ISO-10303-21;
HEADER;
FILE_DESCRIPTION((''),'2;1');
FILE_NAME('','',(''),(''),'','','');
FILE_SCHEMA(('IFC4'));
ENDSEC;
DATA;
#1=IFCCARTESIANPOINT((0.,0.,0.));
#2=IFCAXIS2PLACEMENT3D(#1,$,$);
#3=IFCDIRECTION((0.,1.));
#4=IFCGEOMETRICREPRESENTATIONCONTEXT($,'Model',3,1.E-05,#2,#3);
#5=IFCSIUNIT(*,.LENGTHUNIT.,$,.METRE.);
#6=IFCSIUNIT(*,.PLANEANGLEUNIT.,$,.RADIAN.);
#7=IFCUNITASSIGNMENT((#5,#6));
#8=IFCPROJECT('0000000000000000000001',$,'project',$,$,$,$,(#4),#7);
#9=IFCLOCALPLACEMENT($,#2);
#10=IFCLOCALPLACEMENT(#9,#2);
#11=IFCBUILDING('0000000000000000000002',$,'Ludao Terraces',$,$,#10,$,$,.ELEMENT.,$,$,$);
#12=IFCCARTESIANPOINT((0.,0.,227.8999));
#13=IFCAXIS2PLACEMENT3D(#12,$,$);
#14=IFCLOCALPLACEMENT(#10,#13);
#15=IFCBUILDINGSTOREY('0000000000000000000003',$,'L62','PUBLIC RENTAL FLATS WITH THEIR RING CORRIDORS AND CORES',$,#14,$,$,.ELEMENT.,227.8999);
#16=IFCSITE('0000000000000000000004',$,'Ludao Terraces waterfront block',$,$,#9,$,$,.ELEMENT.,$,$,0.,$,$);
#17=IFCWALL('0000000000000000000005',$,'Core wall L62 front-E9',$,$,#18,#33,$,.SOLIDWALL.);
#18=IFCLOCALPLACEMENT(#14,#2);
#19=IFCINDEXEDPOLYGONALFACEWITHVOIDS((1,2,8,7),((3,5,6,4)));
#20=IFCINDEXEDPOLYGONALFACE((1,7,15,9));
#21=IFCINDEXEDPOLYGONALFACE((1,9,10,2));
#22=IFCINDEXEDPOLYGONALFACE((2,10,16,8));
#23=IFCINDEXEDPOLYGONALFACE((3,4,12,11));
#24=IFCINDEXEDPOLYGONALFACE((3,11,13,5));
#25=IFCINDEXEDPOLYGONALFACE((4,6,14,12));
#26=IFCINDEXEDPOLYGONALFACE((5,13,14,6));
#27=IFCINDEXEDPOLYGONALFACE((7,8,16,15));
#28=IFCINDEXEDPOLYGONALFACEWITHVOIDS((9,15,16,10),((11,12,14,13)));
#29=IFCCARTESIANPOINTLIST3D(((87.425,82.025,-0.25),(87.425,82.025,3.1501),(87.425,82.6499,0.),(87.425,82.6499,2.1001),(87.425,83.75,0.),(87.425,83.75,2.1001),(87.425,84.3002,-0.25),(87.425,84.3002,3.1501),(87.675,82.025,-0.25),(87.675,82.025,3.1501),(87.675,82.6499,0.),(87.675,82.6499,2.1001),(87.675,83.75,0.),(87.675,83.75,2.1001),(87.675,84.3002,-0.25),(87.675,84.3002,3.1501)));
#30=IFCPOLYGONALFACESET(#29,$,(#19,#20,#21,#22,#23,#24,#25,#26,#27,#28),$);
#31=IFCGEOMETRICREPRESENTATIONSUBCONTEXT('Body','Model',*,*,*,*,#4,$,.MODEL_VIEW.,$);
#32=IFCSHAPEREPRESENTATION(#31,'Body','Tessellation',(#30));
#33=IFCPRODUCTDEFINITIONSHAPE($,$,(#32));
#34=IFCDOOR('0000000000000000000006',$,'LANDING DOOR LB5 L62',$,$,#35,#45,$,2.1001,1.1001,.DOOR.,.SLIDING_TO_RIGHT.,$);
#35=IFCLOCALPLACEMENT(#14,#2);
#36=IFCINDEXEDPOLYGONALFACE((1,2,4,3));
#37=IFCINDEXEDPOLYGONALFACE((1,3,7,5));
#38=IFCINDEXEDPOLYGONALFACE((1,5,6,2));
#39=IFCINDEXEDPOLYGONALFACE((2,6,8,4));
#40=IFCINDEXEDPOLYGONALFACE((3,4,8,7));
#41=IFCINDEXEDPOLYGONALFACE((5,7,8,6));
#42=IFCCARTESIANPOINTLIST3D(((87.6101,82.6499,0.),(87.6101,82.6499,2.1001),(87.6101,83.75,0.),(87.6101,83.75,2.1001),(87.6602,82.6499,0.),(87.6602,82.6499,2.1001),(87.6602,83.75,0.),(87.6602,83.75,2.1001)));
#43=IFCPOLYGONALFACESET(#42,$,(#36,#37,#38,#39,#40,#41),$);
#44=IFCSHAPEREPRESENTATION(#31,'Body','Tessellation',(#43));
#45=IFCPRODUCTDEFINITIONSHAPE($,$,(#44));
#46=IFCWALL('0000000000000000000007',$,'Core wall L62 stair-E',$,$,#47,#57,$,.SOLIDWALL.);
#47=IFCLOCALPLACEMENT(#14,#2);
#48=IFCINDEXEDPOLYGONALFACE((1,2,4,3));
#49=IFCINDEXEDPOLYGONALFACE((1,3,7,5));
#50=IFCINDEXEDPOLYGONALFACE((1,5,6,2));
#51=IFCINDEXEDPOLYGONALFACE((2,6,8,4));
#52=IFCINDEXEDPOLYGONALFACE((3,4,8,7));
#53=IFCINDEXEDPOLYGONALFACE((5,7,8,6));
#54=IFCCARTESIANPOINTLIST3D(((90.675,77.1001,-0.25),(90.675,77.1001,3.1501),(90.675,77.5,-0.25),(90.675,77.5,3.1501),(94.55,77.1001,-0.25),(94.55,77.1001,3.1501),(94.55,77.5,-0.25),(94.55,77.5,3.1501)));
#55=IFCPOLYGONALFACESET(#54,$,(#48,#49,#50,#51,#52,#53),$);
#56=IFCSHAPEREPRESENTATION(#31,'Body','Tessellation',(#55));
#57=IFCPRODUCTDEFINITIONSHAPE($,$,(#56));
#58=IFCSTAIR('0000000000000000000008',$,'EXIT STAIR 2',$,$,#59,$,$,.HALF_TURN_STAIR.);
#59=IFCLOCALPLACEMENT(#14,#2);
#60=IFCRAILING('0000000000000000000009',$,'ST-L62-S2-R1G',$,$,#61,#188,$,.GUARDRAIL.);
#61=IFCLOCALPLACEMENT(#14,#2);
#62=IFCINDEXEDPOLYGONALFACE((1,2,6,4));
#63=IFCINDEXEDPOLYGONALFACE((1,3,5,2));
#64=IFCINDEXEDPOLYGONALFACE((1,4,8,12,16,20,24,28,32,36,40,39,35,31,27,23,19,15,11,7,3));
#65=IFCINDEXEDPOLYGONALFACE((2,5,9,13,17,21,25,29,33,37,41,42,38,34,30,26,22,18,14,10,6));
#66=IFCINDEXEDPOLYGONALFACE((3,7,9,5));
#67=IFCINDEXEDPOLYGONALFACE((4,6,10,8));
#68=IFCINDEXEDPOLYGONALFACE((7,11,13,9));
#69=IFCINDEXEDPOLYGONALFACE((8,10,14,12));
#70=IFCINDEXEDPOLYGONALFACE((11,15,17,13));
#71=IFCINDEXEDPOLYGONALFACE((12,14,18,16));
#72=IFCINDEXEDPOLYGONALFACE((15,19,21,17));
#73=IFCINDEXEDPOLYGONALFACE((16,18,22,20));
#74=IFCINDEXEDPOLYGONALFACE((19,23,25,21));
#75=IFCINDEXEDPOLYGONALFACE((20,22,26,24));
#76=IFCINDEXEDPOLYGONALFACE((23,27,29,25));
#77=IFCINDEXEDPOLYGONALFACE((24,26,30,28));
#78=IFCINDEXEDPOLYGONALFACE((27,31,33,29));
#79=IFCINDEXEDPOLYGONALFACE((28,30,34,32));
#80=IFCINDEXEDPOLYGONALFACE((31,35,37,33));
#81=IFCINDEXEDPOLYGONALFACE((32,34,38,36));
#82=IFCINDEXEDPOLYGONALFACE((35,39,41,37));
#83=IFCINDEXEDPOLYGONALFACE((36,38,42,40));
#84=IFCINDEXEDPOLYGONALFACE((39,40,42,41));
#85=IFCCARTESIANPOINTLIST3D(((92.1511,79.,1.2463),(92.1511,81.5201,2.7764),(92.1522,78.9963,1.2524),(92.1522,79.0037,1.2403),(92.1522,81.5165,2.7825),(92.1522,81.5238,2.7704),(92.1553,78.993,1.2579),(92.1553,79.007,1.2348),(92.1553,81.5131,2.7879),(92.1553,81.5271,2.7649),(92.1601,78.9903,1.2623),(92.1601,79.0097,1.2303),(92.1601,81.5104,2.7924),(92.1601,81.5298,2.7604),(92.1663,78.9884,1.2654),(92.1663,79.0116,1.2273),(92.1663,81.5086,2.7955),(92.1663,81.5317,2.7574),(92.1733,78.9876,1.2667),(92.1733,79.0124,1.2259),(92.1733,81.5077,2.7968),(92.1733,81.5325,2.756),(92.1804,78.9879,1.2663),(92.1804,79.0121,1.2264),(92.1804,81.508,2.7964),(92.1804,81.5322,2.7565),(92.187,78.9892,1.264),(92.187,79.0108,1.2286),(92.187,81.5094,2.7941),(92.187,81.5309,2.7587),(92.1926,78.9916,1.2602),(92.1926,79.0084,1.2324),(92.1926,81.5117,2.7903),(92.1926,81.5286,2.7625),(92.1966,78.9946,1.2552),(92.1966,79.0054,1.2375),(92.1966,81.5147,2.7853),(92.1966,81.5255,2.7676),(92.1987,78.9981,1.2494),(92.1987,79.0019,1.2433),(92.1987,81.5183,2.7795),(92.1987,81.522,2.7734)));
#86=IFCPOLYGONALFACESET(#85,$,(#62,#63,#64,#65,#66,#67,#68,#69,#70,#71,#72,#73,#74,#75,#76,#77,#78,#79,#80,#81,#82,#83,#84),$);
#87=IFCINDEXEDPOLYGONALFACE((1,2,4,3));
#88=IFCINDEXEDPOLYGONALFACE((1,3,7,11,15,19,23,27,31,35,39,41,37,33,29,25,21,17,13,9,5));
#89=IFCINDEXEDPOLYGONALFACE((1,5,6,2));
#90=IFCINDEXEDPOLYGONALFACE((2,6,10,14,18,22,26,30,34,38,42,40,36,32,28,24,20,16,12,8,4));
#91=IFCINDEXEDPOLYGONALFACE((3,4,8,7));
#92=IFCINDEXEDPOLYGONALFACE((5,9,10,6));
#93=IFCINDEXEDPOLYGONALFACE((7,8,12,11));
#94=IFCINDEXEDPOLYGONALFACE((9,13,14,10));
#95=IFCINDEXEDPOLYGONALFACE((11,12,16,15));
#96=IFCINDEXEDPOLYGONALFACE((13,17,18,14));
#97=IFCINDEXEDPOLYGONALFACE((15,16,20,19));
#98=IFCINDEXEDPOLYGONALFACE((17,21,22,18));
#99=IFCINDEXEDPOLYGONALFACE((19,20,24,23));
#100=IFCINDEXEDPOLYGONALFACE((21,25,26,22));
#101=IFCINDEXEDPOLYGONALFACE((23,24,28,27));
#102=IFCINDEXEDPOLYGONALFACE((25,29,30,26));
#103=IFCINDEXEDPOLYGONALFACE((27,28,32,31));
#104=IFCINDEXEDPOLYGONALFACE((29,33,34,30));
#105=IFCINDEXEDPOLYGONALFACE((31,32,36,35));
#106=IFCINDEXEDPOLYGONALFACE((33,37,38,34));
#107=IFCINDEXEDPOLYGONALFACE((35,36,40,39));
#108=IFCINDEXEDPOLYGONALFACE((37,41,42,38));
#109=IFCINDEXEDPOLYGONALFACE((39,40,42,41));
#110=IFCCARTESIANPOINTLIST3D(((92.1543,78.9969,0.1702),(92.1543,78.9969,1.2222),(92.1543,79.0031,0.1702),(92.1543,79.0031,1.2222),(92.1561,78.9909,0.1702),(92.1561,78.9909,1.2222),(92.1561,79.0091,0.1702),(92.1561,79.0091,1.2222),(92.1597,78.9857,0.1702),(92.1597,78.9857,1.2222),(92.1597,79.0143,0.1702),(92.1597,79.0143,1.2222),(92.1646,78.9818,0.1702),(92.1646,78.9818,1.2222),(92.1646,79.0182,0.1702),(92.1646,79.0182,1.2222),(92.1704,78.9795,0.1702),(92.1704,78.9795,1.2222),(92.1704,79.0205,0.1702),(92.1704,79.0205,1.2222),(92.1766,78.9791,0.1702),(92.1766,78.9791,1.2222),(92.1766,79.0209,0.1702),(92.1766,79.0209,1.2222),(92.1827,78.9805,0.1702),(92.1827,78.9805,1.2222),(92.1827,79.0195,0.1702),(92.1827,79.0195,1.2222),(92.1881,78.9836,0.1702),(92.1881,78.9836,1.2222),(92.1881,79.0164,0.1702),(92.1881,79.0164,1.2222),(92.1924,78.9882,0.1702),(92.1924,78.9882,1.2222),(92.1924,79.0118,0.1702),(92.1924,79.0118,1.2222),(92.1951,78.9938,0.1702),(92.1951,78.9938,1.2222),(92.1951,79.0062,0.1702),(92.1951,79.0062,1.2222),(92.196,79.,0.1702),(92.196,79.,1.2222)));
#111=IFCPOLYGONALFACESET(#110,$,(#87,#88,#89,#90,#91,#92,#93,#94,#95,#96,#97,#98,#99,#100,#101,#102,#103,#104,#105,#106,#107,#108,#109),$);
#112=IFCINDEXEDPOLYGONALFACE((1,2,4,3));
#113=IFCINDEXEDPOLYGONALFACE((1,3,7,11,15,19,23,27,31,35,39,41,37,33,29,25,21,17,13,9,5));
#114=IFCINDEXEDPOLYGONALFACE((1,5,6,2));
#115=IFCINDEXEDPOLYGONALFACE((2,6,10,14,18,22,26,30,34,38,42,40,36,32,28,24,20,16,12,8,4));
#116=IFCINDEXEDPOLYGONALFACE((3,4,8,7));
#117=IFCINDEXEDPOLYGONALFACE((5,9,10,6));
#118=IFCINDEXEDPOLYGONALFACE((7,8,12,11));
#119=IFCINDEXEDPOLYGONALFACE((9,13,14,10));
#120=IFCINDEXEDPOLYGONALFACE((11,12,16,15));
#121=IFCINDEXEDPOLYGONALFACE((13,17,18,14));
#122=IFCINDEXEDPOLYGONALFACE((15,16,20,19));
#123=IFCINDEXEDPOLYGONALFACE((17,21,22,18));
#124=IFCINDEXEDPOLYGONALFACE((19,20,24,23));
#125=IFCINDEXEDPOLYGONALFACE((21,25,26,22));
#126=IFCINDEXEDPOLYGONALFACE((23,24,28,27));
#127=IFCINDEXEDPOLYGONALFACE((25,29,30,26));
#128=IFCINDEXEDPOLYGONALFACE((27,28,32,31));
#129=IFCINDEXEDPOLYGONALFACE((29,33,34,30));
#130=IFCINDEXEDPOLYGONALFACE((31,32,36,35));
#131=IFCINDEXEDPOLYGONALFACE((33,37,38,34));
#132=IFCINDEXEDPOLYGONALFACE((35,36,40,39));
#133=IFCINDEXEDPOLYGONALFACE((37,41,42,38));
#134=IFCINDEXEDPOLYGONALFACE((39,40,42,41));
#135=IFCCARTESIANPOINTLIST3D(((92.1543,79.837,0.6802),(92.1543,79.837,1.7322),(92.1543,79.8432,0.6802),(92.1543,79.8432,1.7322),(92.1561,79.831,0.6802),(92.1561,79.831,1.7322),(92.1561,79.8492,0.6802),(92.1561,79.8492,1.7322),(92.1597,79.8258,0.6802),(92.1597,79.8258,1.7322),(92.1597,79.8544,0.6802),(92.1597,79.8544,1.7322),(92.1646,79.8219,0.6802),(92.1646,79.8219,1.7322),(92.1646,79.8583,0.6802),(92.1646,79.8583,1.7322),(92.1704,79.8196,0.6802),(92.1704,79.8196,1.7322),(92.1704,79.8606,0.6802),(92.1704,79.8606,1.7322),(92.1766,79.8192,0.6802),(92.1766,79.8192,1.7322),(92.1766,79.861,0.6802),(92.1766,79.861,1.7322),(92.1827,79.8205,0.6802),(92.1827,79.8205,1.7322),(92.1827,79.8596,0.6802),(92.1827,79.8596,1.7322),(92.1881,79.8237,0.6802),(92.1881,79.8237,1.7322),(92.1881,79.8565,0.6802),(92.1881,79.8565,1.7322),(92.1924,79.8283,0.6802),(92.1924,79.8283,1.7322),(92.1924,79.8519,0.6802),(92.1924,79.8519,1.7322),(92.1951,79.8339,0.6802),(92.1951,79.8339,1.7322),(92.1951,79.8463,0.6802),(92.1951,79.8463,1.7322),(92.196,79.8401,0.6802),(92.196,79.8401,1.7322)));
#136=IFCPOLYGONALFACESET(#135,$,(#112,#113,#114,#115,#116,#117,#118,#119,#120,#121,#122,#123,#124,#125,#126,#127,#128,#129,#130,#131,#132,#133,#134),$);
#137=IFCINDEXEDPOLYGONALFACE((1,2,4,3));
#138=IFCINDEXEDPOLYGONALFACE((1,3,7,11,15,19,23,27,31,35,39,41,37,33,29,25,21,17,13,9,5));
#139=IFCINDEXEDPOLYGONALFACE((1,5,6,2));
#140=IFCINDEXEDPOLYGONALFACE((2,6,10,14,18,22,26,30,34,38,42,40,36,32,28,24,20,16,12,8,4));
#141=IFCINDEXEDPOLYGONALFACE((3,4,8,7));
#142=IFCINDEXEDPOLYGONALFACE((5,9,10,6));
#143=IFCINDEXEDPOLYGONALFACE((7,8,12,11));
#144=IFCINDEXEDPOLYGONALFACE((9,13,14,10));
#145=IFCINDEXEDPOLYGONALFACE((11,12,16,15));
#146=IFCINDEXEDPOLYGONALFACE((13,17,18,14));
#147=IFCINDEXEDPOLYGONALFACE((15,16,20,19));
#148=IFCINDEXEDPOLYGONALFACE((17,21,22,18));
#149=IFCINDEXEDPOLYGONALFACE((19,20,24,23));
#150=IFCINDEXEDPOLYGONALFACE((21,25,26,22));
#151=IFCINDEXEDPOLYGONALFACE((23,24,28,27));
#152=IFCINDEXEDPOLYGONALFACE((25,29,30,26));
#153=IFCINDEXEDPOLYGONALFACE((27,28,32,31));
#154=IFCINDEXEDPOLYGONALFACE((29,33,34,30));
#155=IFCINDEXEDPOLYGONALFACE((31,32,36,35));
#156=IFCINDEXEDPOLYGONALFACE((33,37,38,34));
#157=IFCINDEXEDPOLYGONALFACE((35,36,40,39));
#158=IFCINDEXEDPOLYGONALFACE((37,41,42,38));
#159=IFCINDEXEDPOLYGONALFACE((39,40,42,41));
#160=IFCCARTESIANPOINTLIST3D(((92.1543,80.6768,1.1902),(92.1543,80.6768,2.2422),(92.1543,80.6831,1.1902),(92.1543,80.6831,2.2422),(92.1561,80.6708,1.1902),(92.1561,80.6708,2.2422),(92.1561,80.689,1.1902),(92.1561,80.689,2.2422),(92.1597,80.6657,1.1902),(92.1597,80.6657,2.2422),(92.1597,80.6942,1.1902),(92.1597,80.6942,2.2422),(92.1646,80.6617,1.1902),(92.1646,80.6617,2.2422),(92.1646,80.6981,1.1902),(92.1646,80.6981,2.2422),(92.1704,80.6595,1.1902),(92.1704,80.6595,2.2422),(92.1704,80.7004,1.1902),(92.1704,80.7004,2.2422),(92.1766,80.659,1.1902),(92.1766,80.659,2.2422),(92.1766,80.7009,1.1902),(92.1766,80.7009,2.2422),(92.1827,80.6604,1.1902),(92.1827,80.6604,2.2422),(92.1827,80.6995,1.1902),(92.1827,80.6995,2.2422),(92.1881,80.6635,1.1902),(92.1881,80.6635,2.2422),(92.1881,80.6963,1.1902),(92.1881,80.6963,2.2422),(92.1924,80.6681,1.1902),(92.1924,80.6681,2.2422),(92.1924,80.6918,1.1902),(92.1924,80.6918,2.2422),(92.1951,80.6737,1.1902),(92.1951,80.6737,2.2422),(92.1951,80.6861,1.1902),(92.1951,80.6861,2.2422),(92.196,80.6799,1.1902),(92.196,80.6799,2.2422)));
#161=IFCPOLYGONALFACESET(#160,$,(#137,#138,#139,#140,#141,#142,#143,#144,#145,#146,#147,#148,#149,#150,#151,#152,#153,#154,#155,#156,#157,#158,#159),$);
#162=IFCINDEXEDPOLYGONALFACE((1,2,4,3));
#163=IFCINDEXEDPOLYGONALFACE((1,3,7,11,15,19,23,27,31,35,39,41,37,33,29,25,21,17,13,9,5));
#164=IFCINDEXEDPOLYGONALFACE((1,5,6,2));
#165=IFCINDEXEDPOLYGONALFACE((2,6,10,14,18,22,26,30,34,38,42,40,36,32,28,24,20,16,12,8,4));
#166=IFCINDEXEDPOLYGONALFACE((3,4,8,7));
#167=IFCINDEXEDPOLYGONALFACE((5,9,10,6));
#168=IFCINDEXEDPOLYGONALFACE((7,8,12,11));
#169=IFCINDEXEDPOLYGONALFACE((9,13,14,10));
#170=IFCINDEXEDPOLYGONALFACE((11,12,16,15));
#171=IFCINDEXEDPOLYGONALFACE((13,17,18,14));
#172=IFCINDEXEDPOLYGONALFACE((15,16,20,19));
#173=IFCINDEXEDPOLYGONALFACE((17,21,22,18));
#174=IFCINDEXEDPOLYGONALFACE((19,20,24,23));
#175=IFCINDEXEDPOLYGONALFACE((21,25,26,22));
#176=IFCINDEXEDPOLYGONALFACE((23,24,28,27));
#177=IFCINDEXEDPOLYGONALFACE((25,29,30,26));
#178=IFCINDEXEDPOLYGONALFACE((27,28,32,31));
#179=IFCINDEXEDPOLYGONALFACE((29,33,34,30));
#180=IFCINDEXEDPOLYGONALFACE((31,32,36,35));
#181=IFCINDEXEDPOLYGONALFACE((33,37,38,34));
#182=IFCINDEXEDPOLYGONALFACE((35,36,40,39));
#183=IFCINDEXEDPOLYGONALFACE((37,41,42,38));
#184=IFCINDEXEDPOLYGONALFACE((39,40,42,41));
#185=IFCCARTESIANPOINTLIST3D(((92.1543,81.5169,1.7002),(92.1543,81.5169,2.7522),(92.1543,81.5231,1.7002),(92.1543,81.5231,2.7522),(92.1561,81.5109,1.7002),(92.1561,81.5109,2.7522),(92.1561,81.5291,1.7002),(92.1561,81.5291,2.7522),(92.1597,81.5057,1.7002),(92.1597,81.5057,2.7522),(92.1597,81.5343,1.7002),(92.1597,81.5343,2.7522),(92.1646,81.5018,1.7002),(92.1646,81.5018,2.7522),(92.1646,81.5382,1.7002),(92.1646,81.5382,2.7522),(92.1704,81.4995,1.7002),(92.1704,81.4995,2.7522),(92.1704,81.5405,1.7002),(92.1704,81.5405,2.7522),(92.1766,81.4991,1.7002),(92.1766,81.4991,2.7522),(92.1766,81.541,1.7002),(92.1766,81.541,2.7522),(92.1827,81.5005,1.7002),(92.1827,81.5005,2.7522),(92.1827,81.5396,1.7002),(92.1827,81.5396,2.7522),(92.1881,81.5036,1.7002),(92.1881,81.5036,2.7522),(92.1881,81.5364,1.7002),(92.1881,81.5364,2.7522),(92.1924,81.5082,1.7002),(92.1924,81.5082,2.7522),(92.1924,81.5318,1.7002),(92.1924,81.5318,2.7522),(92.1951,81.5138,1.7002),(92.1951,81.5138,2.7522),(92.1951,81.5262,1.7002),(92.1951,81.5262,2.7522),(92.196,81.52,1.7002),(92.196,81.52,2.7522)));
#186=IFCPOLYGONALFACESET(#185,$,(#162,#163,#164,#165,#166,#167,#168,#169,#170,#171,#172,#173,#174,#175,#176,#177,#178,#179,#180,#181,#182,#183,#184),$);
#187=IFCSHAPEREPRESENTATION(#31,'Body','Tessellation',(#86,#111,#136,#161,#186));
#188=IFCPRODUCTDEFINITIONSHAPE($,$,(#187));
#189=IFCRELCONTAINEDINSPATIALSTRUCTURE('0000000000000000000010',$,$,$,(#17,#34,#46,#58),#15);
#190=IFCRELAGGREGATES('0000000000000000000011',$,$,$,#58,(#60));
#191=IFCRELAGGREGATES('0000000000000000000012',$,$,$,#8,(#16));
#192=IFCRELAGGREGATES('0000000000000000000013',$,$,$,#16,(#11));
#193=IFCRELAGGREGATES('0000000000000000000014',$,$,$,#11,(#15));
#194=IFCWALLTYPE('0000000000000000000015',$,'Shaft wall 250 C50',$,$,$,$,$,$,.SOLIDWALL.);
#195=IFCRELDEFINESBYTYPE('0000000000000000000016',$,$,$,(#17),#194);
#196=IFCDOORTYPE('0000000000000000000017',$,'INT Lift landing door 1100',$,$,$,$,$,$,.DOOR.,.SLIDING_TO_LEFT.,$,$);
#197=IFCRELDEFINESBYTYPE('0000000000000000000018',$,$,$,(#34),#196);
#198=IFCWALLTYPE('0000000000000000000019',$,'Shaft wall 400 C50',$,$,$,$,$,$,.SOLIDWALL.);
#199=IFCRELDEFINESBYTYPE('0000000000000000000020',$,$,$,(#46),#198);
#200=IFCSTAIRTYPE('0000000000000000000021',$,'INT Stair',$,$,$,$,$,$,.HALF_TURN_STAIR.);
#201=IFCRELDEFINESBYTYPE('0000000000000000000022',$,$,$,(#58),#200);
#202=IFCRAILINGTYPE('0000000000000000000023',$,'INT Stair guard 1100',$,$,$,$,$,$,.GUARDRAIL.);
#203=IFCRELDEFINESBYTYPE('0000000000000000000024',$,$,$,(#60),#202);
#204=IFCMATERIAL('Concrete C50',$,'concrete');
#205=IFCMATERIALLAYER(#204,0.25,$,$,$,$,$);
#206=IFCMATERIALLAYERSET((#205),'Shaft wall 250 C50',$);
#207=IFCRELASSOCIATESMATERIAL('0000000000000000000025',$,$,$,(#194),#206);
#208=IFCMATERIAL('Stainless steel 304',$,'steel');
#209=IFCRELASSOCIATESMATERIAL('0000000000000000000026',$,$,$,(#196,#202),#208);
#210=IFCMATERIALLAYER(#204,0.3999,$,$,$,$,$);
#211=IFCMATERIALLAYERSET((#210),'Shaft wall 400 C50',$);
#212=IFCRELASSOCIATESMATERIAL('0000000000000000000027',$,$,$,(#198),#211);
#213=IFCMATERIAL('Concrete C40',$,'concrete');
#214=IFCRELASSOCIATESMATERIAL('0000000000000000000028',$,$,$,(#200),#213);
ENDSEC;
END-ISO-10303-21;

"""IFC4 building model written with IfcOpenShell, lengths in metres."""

from ifc_helpers import new_model, si_unit, direction, frame, frame_2d, origin, origin_2d, place, context, subcontext, project, spatial, rectangle, circle, extrude, material, layer, layer_set, type_object, element, fill, aggregate, save


model = new_model("IFC4")

# Units and contexts
model_context = context("Model", 3, precision=1e-05, world=origin(), true_north=direction((0.0, 1.0)))
body_context = subcontext(model_context, "Body", "Model", "MODEL_VIEW")
ifc_project = project(units=[si_unit("LENGTHUNIT", "METRE"), si_unit("PLANEANGLEUNIT", "RADIAN")], contexts=[model_context])

# Site, building, storey
site_placement = place(None, origin())
site = spatial("IfcSite", under=ifc_project, at=site_placement, Name="Ludao Terraces waterfront block", CompositionType="ELEMENT", RefElevation=0.0)
building_placement = place(site_placement, origin())
building = spatial("IfcBuilding", under=site, at=building_placement, Name="Ludao Terraces", CompositionType="ELEMENT")
storey_placement = place(building_placement, frame((0.0, 0.0, 227.8999)))
storey = spatial("IfcBuildingStorey", under=building, at=storey_placement, Name="L62", Description="PUBLIC RENTAL FLATS WITH THEIR RING CORRIDORS AND CORES", CompositionType="ELEMENT", Elevation=227.8999)

# Shared definitions
ifc_material_1 = material(Name="Concrete C50", Category="concrete")

# Shared definitions
ifc_layer_1 = layer(ifc_material_1, 0.25)
ifc_layer_set_1 = layer_set([ifc_layer_1], Name="Shaft wall 250 C50")
wall_type_1 = type_object("IfcWallType", Name="Shaft wall 250 C50", PredefinedType="SOLIDWALL", material=ifc_layer_set_1)

# Shared definitions
ifc_material_2 = material(Name="Stainless steel 304", Category="steel")
door_type_1 = type_object("IfcDoorType", Name="INT Lift landing door 1100", OperationType="SLIDING_TO_LEFT", PredefinedType="DOOR", material=ifc_material_2)

# Wall, opening, door
wall_1_placement = place(storey_placement, frame((87.55, 82.0249, -0.25), z_axis=(0.0, 0.0, 1.0), x_axis=(0.0, 1.0, 0.0)))
wall_1 = element("IfcWall", 1, at=wall_1_placement, inside=storey, type_object=wall_type_1, Name="Core wall L62 front-E9", PredefinedType="SOLIDWALL", context=body_context, shape_type="SweptSolid", body=[
    extrude(rectangle(XDim=2.2751, YDim=0.25, at=frame_2d((1.1377, 0.0))), origin(), (0.0, 0.0, 1.0), 3.4001),
])
opening_1_placement = place(wall_1_placement, frame((0.625, 0.0, 0.25)))
opening_1 = element("IfcOpeningElement", 2, at=opening_1_placement, cuts=wall_1, PredefinedType="OPENING", context=body_context, shape_type="SweptSolid", body=[
    extrude(rectangle(XDim=1.1001, YDim=2.1001, at=frame_2d((0.55, 1.05))), frame((0.0, 0.135, 0.0), z_axis=(0.0, -1.0, 0.0), x_axis=(1.0, 0.0, 0.0)), (0.0, 0.0, 1.0), 0.27),
])
door_1_placement = place(opening_1_placement, origin())
door_1 = element("IfcDoor", 3, at=door_1_placement, inside=storey, type_object=door_type_1, Name="LANDING DOOR LB5 L62", OperationType="SLIDING_TO_RIGHT", OverallHeight=2.1001, OverallWidth=1.1001, PredefinedType="DOOR", context=body_context, shape_type="SweptSolid", body=[
    extrude(rectangle(XDim=1.1001, YDim=2.1001, at=frame_2d((0.55, 1.05))), frame((0.0, -0.0601, 0.0), z_axis=(0.0, -1.0, 0.0), x_axis=(1.0, 0.0, 0.0)), (0.0, 0.0, 1.0), 0.05),
])
fill(opening_1, door_1)

# Wall
ifc_layer_2 = layer(ifc_material_1, 0.3999)
ifc_layer_set_2 = layer_set([ifc_layer_2], Name="Shaft wall 400 C50")
wall_type_2 = type_object("IfcWallType", Name="Shaft wall 400 C50", PredefinedType="SOLIDWALL", material=ifc_layer_set_2)
wall_2_placement = place(storey_placement, frame((90.675, 77.3, -0.25), z_axis=(0.0, 0.0, 1.0), x_axis=(1.0, 0.0, 0.0)))
element("IfcWall", 4, at=wall_2_placement, inside=storey, type_object=wall_type_2, Name="Core wall L62 stair-E", PredefinedType="SOLIDWALL", context=body_context, shape_type="SweptSolid", body=[
    extrude(rectangle(XDim=3.875, YDim=0.3999, at=frame_2d((1.9375, 0.0))), origin(), (0.0, 0.0, 1.0), 3.4001),
])

# Stair, railing
ifc_material_3 = material(Name="Concrete C40", Category="concrete")
stair_type = type_object("IfcStairType", Name="INT Stair", PredefinedType="HALF_TURN_STAIR", material=ifc_material_3)
stair_placement = place(storey_placement, origin())
stair = element("IfcStair", 5, at=stair_placement, inside=storey, type_object=stair_type, Name="EXIT STAIR 2", PredefinedType="HALF_TURN_STAIR")
railing_type_1 = type_object("IfcRailingType", Name="INT Stair guard 1100", PredefinedType="GUARDRAIL", material=ifc_material_2)
railing_1_placement = place(storey_placement, frame((92.175, 79.0, 0.1702)))
railing_1 = element("IfcRailing", 6, at=railing_1_placement, type_object=railing_type_1, Name="ST-L62-S2-R1G", PredefinedType="GUARDRAIL", context=body_context, shape_type="SweptSolid", body=[
    extrude(circle(Radius=0.0239, at=origin_2d()), frame((0.0, 0.0, 1.0762), z_axis=(0.0, 0.854785, 0.518982), x_axis=(-1.0, 0.0, 0.0)), (0.0, 0.0, 1.0), 2.9482),
    extrude(circle(Radius=0.021, at=origin_2d()), origin(), (0.0, 0.0, 1.0), 1.052),
    extrude(circle(Radius=0.021, at=origin_2d()), frame((0.0, 0.8401, 0.51)), (0.0, 0.0, 1.0), 1.052),
    extrude(circle(Radius=0.021, at=origin_2d()), frame((0.0, 1.6799, 1.02)), (0.0, 0.0, 1.0), 1.052),
    extrude(circle(Radius=0.021, at=origin_2d()), frame((0.0, 2.52, 1.53)), (0.0, 0.0, 1.0), 1.052),
])
aggregate(stair, [railing_1])

save(model, "model.ifc")
